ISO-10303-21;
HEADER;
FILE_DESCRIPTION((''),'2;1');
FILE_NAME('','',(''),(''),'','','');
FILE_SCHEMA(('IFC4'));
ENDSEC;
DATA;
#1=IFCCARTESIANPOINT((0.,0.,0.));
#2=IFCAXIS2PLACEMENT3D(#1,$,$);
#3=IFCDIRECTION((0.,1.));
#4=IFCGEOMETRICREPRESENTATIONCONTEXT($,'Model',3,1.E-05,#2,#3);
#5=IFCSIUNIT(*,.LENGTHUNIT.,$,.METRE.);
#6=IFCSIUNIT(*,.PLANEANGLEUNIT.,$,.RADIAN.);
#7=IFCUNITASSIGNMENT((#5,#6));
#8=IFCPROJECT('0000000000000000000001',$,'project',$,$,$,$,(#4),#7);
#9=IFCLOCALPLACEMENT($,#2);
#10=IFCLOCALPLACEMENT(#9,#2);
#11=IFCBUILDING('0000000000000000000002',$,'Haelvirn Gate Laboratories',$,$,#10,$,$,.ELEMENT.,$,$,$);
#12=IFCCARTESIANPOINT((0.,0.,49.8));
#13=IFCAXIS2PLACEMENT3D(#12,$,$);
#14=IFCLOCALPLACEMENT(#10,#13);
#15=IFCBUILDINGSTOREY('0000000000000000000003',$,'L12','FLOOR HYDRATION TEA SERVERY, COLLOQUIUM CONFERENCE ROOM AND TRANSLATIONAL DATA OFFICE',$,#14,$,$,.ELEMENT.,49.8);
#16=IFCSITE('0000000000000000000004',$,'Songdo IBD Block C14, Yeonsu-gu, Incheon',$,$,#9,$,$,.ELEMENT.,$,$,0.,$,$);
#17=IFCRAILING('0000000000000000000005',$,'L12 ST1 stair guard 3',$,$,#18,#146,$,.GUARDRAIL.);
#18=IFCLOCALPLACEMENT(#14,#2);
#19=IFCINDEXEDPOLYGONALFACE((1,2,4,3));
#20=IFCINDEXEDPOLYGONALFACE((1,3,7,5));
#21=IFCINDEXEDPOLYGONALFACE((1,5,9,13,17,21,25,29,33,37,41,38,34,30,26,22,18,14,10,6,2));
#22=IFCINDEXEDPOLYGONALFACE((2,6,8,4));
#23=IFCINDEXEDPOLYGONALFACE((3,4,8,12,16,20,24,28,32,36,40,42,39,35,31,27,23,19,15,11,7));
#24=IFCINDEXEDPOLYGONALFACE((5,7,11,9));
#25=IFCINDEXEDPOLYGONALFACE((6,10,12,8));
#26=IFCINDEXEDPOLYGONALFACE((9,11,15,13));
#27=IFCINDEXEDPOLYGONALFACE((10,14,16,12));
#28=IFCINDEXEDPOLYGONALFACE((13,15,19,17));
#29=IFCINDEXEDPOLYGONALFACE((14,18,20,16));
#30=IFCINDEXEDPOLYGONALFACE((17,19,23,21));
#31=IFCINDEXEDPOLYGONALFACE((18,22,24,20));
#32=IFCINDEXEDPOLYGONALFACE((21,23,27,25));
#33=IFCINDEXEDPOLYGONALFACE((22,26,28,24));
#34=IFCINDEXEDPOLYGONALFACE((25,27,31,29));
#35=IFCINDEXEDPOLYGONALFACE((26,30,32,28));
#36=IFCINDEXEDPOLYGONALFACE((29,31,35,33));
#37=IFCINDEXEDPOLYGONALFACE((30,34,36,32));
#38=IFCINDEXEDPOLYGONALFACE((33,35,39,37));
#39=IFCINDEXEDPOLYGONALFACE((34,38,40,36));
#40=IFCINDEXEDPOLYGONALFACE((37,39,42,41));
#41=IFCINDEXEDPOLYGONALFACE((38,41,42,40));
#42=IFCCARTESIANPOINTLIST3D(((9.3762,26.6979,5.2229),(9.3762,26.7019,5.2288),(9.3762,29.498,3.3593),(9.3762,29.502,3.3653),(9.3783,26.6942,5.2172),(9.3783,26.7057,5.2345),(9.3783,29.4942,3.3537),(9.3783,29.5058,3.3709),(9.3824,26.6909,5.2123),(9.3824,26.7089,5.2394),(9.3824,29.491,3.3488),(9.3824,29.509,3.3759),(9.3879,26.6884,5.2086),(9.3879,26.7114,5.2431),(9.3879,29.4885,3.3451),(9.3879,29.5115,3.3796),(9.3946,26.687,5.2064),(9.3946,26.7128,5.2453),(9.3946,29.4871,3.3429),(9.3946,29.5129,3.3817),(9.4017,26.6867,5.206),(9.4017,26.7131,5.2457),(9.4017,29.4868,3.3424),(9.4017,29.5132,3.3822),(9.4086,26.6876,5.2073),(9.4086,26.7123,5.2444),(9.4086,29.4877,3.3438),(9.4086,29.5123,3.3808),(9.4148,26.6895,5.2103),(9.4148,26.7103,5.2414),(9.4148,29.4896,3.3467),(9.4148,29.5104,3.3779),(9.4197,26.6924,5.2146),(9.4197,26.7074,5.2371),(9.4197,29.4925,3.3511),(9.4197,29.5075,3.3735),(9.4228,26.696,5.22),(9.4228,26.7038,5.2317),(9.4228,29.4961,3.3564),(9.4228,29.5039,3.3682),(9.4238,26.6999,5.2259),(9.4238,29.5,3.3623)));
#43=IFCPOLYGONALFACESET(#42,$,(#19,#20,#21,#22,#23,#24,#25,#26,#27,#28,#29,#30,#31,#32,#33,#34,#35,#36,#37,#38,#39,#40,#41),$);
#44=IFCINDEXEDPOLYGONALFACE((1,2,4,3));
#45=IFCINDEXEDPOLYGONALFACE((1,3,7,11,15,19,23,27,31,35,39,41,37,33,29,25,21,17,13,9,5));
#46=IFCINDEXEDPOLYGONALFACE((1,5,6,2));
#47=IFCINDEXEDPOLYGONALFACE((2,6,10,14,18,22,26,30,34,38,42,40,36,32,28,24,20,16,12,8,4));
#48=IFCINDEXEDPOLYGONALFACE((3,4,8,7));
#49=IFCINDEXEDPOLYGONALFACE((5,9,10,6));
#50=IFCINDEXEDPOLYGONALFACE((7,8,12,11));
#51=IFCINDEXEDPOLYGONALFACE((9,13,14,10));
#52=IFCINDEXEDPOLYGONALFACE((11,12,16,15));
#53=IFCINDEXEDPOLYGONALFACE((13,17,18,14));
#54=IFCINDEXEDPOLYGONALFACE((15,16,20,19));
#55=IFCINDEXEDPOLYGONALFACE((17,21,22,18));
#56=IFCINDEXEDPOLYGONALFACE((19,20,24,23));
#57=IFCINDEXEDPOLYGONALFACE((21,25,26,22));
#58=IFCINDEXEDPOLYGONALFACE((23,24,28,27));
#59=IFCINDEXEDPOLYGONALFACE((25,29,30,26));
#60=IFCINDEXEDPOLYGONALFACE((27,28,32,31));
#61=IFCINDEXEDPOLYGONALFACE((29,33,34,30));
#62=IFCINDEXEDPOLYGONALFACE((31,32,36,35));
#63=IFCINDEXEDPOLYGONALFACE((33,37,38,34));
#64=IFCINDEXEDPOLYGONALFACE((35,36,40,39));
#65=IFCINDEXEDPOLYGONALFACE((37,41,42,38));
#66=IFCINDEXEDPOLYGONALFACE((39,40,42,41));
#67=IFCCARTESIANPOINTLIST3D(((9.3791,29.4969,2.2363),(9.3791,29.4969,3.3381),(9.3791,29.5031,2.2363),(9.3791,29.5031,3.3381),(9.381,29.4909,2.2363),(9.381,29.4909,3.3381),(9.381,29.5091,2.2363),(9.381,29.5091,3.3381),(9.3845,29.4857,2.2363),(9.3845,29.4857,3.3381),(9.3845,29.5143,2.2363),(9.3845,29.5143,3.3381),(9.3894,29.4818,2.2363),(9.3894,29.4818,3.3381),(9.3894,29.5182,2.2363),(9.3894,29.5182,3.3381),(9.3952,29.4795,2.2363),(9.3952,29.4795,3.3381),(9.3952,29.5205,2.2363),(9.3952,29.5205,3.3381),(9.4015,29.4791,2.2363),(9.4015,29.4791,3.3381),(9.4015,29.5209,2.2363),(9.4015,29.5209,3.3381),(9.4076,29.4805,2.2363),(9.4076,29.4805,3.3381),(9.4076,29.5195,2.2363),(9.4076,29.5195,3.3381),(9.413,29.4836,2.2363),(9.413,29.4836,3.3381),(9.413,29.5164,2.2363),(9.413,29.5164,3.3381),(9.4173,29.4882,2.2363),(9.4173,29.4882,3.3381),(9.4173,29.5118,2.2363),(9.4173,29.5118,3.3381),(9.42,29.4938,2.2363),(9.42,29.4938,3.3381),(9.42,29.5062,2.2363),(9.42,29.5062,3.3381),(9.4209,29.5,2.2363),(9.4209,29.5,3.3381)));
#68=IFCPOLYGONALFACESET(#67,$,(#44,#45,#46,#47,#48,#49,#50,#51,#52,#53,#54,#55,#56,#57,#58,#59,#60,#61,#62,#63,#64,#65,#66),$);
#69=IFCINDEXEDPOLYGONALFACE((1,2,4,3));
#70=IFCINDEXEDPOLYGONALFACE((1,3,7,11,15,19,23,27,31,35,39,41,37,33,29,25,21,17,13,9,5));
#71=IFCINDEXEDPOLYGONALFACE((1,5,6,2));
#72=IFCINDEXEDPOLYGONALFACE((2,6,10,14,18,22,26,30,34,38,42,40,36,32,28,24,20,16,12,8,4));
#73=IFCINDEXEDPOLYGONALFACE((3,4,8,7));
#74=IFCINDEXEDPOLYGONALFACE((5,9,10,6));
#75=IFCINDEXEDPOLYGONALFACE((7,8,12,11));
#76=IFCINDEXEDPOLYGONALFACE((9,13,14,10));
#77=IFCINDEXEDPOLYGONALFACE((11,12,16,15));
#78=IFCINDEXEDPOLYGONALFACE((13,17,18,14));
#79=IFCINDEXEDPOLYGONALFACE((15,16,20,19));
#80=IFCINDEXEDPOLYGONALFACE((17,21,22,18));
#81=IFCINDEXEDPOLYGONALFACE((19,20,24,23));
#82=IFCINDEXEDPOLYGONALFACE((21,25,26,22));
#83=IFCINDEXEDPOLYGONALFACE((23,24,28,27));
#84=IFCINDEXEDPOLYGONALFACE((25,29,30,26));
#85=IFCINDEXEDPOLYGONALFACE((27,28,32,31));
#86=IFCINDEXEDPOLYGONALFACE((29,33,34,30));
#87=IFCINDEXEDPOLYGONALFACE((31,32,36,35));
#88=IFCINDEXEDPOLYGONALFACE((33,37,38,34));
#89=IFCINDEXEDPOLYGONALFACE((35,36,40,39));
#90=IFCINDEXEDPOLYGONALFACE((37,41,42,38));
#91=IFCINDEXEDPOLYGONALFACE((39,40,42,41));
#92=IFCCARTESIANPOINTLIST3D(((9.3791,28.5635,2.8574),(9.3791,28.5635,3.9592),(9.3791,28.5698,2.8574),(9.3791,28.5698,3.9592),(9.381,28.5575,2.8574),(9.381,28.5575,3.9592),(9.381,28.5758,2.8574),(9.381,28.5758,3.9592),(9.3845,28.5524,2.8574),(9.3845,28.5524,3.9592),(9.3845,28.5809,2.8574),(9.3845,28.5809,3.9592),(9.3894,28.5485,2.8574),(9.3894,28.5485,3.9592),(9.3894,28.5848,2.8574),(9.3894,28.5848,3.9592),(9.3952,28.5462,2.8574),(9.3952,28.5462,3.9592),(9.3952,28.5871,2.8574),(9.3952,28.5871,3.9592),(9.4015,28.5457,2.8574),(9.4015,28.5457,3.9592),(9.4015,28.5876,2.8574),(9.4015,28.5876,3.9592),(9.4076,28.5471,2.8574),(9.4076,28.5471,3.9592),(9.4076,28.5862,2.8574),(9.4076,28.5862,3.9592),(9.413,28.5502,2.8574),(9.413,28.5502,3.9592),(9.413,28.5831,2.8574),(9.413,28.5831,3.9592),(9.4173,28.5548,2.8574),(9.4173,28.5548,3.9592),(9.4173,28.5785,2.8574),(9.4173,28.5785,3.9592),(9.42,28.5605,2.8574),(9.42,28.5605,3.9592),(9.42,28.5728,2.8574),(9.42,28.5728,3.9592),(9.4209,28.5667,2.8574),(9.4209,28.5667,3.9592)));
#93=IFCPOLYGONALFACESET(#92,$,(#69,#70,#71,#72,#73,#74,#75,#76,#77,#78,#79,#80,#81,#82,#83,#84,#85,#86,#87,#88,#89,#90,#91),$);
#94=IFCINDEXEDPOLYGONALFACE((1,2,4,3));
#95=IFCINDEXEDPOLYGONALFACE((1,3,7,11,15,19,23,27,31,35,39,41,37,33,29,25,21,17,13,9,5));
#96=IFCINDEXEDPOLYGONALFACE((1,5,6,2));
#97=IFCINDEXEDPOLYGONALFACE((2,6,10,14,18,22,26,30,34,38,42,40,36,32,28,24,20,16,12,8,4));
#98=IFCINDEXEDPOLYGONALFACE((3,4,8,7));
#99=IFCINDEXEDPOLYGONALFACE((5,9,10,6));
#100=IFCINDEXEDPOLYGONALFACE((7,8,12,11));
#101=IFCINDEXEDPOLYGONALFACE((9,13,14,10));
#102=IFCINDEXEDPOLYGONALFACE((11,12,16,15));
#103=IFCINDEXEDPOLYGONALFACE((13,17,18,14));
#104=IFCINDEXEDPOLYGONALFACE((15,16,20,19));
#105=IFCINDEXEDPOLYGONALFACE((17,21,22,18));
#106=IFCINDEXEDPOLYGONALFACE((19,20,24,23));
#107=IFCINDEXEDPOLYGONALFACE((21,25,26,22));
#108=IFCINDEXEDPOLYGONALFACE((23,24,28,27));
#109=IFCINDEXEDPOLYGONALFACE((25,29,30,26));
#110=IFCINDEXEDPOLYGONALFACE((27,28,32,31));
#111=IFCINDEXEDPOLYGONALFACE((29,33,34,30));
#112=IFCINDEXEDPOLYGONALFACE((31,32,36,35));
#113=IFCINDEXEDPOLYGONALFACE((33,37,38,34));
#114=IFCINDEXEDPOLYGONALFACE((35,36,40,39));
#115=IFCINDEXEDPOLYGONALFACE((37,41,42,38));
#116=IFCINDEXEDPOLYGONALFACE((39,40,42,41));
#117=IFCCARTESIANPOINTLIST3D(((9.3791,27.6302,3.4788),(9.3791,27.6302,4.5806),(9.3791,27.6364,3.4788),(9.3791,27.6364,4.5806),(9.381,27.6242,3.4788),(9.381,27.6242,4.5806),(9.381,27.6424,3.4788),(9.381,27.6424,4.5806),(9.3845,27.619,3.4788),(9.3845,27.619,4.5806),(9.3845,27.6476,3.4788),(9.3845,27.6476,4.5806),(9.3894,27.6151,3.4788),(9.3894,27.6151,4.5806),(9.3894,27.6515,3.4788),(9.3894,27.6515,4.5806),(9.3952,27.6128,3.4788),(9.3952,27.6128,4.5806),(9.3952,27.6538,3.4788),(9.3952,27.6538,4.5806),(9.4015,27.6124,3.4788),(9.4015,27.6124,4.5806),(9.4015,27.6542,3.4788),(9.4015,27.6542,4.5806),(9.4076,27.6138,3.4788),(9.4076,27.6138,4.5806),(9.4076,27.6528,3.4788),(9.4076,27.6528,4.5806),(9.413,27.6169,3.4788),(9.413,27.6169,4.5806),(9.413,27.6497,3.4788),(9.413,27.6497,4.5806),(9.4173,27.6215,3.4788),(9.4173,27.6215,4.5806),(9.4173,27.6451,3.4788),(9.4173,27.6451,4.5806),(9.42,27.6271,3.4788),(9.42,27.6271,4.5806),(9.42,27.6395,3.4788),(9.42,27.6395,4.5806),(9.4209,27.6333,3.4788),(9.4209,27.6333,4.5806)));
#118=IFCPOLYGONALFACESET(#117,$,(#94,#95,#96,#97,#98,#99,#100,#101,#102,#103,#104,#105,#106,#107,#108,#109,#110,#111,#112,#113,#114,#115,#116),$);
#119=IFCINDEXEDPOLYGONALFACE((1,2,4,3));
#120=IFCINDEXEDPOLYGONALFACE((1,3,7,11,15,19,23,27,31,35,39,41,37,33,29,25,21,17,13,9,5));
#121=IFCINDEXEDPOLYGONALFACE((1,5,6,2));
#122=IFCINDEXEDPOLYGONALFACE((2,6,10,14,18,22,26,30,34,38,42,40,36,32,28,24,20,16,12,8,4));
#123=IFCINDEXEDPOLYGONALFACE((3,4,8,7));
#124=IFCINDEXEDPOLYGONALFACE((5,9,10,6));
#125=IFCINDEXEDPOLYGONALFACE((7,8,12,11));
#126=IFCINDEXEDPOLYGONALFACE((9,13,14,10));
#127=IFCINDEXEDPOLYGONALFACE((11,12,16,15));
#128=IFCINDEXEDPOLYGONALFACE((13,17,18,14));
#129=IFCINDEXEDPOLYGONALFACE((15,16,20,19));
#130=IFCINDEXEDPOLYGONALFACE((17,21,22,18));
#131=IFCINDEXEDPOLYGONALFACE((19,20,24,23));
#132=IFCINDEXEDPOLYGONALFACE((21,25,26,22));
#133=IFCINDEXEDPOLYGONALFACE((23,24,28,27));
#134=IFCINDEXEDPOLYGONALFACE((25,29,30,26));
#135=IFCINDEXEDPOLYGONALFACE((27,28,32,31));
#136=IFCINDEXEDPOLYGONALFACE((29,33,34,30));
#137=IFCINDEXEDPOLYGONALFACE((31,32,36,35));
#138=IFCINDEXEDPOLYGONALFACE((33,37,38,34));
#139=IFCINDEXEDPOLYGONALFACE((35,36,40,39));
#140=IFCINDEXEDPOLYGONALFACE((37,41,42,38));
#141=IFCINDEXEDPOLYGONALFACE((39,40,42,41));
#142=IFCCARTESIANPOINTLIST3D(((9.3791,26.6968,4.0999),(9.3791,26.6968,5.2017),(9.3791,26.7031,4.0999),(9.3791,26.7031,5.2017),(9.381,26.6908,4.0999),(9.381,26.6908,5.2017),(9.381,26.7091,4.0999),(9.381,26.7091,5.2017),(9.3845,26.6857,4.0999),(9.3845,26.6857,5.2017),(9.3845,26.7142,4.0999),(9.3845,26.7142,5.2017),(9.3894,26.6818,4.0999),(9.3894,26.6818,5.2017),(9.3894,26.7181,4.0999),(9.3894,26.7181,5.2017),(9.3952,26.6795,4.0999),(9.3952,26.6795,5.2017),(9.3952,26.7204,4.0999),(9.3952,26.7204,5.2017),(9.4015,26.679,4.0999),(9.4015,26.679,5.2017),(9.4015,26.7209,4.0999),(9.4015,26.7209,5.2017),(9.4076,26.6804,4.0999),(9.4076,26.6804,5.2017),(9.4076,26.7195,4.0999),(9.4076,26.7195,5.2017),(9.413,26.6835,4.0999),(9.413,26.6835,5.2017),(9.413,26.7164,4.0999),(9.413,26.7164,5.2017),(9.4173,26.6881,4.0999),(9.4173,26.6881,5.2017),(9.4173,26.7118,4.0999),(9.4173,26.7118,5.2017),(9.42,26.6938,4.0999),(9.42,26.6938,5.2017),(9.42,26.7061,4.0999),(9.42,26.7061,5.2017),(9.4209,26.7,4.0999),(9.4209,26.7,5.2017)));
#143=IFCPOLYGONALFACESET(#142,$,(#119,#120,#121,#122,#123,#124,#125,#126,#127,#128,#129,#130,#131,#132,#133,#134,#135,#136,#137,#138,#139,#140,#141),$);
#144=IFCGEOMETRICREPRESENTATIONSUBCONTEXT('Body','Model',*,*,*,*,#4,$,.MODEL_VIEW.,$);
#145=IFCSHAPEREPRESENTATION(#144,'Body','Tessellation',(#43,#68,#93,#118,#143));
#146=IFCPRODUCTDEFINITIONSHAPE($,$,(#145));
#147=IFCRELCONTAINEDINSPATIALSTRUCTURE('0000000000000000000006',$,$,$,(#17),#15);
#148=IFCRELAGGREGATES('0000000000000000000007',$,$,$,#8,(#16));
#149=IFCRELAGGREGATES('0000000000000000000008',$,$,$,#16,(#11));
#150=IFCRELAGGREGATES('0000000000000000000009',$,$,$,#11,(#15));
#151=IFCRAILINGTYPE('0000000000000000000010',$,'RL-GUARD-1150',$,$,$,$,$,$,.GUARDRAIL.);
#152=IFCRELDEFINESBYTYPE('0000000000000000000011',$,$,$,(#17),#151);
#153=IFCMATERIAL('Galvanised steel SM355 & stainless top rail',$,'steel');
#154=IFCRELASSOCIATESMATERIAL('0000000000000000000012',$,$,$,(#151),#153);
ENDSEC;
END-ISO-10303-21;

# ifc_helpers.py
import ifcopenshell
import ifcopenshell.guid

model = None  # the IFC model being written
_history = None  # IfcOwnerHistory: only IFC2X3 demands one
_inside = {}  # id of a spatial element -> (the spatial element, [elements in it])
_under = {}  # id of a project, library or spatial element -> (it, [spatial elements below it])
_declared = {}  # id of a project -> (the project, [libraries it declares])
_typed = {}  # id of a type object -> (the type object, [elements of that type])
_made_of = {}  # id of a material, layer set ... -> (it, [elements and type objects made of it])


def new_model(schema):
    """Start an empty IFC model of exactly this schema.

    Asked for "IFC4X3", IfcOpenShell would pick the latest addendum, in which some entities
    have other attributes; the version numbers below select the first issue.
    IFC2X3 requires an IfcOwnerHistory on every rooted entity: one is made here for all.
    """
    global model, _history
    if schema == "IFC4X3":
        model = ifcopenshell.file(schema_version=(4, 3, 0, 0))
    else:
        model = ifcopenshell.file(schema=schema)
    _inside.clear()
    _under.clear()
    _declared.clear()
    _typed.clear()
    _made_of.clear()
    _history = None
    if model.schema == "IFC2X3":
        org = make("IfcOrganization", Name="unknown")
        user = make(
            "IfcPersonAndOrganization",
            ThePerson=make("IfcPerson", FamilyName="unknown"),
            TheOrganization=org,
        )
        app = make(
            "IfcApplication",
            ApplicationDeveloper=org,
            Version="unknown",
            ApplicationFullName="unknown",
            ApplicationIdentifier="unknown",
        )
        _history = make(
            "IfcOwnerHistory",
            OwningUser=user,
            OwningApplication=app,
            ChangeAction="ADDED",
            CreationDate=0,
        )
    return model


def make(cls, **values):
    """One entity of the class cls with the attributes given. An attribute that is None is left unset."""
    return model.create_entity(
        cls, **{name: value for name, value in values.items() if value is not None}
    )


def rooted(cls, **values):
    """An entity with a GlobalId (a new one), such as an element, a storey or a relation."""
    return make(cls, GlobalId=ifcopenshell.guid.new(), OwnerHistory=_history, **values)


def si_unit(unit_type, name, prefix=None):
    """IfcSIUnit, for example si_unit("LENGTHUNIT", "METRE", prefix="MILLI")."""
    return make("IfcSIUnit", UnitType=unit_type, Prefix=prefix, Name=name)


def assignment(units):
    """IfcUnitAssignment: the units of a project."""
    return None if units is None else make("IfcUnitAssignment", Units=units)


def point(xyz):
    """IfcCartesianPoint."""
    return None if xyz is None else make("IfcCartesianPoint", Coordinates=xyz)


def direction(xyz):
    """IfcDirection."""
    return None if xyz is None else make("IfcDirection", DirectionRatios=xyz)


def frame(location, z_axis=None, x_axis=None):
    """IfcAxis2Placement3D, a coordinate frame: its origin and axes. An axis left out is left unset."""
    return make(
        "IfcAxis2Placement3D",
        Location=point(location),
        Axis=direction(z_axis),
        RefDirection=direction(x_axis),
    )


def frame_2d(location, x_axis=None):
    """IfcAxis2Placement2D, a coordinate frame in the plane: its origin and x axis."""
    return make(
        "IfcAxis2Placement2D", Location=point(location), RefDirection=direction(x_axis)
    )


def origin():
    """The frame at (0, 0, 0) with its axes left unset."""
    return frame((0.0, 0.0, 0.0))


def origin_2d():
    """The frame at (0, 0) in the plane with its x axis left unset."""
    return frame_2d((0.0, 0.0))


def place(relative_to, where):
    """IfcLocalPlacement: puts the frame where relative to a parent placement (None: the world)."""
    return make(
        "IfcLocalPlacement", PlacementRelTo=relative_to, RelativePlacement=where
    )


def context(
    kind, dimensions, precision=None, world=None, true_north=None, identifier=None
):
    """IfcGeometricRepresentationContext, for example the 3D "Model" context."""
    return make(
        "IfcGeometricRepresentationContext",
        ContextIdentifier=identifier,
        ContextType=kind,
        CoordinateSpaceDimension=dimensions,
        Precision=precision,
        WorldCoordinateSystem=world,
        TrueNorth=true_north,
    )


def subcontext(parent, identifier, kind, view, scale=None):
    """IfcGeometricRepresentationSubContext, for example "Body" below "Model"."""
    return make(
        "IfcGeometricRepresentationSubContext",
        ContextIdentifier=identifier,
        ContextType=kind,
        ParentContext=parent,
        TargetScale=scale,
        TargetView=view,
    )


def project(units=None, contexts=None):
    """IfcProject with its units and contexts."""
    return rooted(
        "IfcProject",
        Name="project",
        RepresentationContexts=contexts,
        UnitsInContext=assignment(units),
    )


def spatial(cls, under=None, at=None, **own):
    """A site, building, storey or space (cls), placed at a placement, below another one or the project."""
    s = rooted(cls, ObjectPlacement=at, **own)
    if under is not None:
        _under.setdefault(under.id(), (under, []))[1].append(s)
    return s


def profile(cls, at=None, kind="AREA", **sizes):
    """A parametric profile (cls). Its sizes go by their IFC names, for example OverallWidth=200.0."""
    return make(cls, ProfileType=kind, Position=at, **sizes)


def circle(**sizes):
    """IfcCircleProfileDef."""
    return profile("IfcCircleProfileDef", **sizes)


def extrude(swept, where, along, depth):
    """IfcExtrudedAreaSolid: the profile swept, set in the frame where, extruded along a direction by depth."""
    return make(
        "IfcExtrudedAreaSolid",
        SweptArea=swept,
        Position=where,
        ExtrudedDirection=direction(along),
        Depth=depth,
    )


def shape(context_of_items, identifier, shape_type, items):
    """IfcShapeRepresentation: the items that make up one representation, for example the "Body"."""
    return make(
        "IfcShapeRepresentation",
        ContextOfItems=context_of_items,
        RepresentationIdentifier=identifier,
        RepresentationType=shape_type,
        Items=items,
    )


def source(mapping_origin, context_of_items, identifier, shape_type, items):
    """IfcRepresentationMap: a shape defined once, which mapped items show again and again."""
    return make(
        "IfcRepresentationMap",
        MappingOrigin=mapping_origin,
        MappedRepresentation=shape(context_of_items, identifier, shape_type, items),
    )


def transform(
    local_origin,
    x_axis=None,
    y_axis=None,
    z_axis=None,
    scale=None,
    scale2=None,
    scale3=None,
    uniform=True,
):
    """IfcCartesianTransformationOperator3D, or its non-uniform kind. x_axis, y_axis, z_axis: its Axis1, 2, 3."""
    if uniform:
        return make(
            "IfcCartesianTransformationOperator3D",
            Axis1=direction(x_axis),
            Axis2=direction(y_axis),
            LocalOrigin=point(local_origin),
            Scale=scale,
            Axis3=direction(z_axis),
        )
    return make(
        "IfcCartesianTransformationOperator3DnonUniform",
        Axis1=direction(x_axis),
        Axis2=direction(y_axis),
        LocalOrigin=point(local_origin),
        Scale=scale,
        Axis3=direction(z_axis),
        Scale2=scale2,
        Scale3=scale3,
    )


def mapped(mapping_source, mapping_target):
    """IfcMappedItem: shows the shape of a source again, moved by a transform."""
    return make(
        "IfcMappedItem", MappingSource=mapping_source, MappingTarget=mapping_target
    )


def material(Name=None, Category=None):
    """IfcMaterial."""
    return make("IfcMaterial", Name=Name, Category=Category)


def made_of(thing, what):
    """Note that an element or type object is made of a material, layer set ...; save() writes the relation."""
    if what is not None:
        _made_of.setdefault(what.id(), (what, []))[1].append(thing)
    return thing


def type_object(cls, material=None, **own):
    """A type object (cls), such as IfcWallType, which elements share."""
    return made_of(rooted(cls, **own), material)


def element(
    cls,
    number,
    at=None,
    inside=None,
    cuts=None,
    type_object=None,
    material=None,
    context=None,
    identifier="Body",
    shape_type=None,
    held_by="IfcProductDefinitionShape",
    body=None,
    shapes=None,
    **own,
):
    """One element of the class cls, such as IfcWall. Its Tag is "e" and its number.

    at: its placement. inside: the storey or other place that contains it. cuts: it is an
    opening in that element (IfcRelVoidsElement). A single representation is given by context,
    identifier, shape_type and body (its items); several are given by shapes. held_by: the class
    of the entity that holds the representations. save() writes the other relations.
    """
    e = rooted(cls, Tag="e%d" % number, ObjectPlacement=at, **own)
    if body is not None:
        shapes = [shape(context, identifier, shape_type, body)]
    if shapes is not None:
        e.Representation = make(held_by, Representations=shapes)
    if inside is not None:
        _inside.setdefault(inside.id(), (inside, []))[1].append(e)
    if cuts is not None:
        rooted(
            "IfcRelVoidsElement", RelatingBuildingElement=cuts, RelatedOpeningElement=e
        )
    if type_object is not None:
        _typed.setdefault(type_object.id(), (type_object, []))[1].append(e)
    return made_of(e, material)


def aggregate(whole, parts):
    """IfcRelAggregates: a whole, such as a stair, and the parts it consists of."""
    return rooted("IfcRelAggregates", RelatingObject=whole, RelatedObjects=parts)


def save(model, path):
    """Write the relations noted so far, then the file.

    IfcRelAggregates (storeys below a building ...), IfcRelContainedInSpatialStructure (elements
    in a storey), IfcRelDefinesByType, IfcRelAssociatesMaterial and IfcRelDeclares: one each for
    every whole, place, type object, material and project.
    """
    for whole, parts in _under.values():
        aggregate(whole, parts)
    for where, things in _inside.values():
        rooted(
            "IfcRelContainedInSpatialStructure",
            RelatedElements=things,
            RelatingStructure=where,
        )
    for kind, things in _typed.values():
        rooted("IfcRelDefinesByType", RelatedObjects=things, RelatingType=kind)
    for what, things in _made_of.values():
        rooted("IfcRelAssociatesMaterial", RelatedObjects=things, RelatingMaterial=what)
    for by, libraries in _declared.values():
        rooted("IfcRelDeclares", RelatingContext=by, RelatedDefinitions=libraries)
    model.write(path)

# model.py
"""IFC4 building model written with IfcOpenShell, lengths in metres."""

from ifc_helpers import new_model, si_unit, direction, frame, origin, origin_2d, place, context, subcontext, project, spatial, circle, extrude, source, transform, mapped, material, type_object, element, save


model = new_model("IFC4")

# Units and contexts
model_context = context("Model", 3, precision=1e-05, world=origin(), true_north=direction((0.0, 1.0)))
body_context = subcontext(model_context, "Body", "Model", "MODEL_VIEW")
ifc_project = project(units=[si_unit("LENGTHUNIT", "METRE"), si_unit("PLANEANGLEUNIT", "RADIAN")], contexts=[model_context])

# Site, building, storey
site_placement = place(None, origin())
site = spatial("IfcSite", under=ifc_project, at=site_placement, Name="Songdo IBD Block C14, Yeonsu-gu, Incheon", CompositionType="ELEMENT", RefElevation=0.0)
building_placement = place(site_placement, origin())
building = spatial("IfcBuilding", under=site, at=building_placement, Name="Haelvirn Gate Laboratories", CompositionType="ELEMENT")
storey_placement = place(building_placement, frame((0.0, 0.0, 49.8)))
storey = spatial("IfcBuildingStorey", under=building, at=storey_placement, Name="L12", Description="FLOOR HYDRATION TEA SERVERY, COLLOQUIUM CONFERENCE ROOM AND TRANSLATIONAL DATA OFFICE", CompositionType="ELEMENT", Elevation=49.8)

# Railing
ifc_material_1 = material(Name="Galvanised steel SM355 & stainless top rail", Category="steel")
railing_type_1 = type_object("IfcRailingType", Name="RL-GUARD-1150", PredefinedType="GUARDRAIL", material=ifc_material_1)
shared_shape_1 = source(origin(), body_context, "Body", "SweptSolid", [
    extrude(circle(Radius=0.0239, at=origin_2d()), frame((0.0, 0.0, 1.126), z_axis=(0.0, -0.832486, 0.554047), x_axis=(1.0, 0.0, 0.0)), (0.0, 0.0, 1.0), 3.3635),
    extrude(circle(Radius=0.021, at=origin_2d()), origin(), (0.0, 0.0, 1.0), 1.1018),
    extrude(circle(Radius=0.021, at=origin_2d()), frame((0.0, -0.9333, 0.6211)), (0.0, 0.0, 1.0), 1.1018),
    extrude(circle(Radius=0.021, at=origin_2d()), frame((0.0, -1.8667, 1.2424)), (0.0, 0.0, 1.0), 1.1018),
    extrude(circle(Radius=0.021, at=origin_2d()), frame((0.0, -2.8, 1.8635)), (0.0, 0.0, 1.0), 1.1018),
])
railing_1_placement = place(storey_placement, frame((9.3999, 29.5, 2.2363)))
element("IfcRailing", 1, at=railing_1_placement, inside=storey, type_object=railing_type_1, Name="L12 ST1 stair guard 3", PredefinedType="GUARDRAIL", context=body_context, shape_type="MappedRepresentation", body=[
    mapped(shared_shape_1, transform((0.0, 0.0, 0.0), scale=1.0)),
])

save(model, "model.ifc")
